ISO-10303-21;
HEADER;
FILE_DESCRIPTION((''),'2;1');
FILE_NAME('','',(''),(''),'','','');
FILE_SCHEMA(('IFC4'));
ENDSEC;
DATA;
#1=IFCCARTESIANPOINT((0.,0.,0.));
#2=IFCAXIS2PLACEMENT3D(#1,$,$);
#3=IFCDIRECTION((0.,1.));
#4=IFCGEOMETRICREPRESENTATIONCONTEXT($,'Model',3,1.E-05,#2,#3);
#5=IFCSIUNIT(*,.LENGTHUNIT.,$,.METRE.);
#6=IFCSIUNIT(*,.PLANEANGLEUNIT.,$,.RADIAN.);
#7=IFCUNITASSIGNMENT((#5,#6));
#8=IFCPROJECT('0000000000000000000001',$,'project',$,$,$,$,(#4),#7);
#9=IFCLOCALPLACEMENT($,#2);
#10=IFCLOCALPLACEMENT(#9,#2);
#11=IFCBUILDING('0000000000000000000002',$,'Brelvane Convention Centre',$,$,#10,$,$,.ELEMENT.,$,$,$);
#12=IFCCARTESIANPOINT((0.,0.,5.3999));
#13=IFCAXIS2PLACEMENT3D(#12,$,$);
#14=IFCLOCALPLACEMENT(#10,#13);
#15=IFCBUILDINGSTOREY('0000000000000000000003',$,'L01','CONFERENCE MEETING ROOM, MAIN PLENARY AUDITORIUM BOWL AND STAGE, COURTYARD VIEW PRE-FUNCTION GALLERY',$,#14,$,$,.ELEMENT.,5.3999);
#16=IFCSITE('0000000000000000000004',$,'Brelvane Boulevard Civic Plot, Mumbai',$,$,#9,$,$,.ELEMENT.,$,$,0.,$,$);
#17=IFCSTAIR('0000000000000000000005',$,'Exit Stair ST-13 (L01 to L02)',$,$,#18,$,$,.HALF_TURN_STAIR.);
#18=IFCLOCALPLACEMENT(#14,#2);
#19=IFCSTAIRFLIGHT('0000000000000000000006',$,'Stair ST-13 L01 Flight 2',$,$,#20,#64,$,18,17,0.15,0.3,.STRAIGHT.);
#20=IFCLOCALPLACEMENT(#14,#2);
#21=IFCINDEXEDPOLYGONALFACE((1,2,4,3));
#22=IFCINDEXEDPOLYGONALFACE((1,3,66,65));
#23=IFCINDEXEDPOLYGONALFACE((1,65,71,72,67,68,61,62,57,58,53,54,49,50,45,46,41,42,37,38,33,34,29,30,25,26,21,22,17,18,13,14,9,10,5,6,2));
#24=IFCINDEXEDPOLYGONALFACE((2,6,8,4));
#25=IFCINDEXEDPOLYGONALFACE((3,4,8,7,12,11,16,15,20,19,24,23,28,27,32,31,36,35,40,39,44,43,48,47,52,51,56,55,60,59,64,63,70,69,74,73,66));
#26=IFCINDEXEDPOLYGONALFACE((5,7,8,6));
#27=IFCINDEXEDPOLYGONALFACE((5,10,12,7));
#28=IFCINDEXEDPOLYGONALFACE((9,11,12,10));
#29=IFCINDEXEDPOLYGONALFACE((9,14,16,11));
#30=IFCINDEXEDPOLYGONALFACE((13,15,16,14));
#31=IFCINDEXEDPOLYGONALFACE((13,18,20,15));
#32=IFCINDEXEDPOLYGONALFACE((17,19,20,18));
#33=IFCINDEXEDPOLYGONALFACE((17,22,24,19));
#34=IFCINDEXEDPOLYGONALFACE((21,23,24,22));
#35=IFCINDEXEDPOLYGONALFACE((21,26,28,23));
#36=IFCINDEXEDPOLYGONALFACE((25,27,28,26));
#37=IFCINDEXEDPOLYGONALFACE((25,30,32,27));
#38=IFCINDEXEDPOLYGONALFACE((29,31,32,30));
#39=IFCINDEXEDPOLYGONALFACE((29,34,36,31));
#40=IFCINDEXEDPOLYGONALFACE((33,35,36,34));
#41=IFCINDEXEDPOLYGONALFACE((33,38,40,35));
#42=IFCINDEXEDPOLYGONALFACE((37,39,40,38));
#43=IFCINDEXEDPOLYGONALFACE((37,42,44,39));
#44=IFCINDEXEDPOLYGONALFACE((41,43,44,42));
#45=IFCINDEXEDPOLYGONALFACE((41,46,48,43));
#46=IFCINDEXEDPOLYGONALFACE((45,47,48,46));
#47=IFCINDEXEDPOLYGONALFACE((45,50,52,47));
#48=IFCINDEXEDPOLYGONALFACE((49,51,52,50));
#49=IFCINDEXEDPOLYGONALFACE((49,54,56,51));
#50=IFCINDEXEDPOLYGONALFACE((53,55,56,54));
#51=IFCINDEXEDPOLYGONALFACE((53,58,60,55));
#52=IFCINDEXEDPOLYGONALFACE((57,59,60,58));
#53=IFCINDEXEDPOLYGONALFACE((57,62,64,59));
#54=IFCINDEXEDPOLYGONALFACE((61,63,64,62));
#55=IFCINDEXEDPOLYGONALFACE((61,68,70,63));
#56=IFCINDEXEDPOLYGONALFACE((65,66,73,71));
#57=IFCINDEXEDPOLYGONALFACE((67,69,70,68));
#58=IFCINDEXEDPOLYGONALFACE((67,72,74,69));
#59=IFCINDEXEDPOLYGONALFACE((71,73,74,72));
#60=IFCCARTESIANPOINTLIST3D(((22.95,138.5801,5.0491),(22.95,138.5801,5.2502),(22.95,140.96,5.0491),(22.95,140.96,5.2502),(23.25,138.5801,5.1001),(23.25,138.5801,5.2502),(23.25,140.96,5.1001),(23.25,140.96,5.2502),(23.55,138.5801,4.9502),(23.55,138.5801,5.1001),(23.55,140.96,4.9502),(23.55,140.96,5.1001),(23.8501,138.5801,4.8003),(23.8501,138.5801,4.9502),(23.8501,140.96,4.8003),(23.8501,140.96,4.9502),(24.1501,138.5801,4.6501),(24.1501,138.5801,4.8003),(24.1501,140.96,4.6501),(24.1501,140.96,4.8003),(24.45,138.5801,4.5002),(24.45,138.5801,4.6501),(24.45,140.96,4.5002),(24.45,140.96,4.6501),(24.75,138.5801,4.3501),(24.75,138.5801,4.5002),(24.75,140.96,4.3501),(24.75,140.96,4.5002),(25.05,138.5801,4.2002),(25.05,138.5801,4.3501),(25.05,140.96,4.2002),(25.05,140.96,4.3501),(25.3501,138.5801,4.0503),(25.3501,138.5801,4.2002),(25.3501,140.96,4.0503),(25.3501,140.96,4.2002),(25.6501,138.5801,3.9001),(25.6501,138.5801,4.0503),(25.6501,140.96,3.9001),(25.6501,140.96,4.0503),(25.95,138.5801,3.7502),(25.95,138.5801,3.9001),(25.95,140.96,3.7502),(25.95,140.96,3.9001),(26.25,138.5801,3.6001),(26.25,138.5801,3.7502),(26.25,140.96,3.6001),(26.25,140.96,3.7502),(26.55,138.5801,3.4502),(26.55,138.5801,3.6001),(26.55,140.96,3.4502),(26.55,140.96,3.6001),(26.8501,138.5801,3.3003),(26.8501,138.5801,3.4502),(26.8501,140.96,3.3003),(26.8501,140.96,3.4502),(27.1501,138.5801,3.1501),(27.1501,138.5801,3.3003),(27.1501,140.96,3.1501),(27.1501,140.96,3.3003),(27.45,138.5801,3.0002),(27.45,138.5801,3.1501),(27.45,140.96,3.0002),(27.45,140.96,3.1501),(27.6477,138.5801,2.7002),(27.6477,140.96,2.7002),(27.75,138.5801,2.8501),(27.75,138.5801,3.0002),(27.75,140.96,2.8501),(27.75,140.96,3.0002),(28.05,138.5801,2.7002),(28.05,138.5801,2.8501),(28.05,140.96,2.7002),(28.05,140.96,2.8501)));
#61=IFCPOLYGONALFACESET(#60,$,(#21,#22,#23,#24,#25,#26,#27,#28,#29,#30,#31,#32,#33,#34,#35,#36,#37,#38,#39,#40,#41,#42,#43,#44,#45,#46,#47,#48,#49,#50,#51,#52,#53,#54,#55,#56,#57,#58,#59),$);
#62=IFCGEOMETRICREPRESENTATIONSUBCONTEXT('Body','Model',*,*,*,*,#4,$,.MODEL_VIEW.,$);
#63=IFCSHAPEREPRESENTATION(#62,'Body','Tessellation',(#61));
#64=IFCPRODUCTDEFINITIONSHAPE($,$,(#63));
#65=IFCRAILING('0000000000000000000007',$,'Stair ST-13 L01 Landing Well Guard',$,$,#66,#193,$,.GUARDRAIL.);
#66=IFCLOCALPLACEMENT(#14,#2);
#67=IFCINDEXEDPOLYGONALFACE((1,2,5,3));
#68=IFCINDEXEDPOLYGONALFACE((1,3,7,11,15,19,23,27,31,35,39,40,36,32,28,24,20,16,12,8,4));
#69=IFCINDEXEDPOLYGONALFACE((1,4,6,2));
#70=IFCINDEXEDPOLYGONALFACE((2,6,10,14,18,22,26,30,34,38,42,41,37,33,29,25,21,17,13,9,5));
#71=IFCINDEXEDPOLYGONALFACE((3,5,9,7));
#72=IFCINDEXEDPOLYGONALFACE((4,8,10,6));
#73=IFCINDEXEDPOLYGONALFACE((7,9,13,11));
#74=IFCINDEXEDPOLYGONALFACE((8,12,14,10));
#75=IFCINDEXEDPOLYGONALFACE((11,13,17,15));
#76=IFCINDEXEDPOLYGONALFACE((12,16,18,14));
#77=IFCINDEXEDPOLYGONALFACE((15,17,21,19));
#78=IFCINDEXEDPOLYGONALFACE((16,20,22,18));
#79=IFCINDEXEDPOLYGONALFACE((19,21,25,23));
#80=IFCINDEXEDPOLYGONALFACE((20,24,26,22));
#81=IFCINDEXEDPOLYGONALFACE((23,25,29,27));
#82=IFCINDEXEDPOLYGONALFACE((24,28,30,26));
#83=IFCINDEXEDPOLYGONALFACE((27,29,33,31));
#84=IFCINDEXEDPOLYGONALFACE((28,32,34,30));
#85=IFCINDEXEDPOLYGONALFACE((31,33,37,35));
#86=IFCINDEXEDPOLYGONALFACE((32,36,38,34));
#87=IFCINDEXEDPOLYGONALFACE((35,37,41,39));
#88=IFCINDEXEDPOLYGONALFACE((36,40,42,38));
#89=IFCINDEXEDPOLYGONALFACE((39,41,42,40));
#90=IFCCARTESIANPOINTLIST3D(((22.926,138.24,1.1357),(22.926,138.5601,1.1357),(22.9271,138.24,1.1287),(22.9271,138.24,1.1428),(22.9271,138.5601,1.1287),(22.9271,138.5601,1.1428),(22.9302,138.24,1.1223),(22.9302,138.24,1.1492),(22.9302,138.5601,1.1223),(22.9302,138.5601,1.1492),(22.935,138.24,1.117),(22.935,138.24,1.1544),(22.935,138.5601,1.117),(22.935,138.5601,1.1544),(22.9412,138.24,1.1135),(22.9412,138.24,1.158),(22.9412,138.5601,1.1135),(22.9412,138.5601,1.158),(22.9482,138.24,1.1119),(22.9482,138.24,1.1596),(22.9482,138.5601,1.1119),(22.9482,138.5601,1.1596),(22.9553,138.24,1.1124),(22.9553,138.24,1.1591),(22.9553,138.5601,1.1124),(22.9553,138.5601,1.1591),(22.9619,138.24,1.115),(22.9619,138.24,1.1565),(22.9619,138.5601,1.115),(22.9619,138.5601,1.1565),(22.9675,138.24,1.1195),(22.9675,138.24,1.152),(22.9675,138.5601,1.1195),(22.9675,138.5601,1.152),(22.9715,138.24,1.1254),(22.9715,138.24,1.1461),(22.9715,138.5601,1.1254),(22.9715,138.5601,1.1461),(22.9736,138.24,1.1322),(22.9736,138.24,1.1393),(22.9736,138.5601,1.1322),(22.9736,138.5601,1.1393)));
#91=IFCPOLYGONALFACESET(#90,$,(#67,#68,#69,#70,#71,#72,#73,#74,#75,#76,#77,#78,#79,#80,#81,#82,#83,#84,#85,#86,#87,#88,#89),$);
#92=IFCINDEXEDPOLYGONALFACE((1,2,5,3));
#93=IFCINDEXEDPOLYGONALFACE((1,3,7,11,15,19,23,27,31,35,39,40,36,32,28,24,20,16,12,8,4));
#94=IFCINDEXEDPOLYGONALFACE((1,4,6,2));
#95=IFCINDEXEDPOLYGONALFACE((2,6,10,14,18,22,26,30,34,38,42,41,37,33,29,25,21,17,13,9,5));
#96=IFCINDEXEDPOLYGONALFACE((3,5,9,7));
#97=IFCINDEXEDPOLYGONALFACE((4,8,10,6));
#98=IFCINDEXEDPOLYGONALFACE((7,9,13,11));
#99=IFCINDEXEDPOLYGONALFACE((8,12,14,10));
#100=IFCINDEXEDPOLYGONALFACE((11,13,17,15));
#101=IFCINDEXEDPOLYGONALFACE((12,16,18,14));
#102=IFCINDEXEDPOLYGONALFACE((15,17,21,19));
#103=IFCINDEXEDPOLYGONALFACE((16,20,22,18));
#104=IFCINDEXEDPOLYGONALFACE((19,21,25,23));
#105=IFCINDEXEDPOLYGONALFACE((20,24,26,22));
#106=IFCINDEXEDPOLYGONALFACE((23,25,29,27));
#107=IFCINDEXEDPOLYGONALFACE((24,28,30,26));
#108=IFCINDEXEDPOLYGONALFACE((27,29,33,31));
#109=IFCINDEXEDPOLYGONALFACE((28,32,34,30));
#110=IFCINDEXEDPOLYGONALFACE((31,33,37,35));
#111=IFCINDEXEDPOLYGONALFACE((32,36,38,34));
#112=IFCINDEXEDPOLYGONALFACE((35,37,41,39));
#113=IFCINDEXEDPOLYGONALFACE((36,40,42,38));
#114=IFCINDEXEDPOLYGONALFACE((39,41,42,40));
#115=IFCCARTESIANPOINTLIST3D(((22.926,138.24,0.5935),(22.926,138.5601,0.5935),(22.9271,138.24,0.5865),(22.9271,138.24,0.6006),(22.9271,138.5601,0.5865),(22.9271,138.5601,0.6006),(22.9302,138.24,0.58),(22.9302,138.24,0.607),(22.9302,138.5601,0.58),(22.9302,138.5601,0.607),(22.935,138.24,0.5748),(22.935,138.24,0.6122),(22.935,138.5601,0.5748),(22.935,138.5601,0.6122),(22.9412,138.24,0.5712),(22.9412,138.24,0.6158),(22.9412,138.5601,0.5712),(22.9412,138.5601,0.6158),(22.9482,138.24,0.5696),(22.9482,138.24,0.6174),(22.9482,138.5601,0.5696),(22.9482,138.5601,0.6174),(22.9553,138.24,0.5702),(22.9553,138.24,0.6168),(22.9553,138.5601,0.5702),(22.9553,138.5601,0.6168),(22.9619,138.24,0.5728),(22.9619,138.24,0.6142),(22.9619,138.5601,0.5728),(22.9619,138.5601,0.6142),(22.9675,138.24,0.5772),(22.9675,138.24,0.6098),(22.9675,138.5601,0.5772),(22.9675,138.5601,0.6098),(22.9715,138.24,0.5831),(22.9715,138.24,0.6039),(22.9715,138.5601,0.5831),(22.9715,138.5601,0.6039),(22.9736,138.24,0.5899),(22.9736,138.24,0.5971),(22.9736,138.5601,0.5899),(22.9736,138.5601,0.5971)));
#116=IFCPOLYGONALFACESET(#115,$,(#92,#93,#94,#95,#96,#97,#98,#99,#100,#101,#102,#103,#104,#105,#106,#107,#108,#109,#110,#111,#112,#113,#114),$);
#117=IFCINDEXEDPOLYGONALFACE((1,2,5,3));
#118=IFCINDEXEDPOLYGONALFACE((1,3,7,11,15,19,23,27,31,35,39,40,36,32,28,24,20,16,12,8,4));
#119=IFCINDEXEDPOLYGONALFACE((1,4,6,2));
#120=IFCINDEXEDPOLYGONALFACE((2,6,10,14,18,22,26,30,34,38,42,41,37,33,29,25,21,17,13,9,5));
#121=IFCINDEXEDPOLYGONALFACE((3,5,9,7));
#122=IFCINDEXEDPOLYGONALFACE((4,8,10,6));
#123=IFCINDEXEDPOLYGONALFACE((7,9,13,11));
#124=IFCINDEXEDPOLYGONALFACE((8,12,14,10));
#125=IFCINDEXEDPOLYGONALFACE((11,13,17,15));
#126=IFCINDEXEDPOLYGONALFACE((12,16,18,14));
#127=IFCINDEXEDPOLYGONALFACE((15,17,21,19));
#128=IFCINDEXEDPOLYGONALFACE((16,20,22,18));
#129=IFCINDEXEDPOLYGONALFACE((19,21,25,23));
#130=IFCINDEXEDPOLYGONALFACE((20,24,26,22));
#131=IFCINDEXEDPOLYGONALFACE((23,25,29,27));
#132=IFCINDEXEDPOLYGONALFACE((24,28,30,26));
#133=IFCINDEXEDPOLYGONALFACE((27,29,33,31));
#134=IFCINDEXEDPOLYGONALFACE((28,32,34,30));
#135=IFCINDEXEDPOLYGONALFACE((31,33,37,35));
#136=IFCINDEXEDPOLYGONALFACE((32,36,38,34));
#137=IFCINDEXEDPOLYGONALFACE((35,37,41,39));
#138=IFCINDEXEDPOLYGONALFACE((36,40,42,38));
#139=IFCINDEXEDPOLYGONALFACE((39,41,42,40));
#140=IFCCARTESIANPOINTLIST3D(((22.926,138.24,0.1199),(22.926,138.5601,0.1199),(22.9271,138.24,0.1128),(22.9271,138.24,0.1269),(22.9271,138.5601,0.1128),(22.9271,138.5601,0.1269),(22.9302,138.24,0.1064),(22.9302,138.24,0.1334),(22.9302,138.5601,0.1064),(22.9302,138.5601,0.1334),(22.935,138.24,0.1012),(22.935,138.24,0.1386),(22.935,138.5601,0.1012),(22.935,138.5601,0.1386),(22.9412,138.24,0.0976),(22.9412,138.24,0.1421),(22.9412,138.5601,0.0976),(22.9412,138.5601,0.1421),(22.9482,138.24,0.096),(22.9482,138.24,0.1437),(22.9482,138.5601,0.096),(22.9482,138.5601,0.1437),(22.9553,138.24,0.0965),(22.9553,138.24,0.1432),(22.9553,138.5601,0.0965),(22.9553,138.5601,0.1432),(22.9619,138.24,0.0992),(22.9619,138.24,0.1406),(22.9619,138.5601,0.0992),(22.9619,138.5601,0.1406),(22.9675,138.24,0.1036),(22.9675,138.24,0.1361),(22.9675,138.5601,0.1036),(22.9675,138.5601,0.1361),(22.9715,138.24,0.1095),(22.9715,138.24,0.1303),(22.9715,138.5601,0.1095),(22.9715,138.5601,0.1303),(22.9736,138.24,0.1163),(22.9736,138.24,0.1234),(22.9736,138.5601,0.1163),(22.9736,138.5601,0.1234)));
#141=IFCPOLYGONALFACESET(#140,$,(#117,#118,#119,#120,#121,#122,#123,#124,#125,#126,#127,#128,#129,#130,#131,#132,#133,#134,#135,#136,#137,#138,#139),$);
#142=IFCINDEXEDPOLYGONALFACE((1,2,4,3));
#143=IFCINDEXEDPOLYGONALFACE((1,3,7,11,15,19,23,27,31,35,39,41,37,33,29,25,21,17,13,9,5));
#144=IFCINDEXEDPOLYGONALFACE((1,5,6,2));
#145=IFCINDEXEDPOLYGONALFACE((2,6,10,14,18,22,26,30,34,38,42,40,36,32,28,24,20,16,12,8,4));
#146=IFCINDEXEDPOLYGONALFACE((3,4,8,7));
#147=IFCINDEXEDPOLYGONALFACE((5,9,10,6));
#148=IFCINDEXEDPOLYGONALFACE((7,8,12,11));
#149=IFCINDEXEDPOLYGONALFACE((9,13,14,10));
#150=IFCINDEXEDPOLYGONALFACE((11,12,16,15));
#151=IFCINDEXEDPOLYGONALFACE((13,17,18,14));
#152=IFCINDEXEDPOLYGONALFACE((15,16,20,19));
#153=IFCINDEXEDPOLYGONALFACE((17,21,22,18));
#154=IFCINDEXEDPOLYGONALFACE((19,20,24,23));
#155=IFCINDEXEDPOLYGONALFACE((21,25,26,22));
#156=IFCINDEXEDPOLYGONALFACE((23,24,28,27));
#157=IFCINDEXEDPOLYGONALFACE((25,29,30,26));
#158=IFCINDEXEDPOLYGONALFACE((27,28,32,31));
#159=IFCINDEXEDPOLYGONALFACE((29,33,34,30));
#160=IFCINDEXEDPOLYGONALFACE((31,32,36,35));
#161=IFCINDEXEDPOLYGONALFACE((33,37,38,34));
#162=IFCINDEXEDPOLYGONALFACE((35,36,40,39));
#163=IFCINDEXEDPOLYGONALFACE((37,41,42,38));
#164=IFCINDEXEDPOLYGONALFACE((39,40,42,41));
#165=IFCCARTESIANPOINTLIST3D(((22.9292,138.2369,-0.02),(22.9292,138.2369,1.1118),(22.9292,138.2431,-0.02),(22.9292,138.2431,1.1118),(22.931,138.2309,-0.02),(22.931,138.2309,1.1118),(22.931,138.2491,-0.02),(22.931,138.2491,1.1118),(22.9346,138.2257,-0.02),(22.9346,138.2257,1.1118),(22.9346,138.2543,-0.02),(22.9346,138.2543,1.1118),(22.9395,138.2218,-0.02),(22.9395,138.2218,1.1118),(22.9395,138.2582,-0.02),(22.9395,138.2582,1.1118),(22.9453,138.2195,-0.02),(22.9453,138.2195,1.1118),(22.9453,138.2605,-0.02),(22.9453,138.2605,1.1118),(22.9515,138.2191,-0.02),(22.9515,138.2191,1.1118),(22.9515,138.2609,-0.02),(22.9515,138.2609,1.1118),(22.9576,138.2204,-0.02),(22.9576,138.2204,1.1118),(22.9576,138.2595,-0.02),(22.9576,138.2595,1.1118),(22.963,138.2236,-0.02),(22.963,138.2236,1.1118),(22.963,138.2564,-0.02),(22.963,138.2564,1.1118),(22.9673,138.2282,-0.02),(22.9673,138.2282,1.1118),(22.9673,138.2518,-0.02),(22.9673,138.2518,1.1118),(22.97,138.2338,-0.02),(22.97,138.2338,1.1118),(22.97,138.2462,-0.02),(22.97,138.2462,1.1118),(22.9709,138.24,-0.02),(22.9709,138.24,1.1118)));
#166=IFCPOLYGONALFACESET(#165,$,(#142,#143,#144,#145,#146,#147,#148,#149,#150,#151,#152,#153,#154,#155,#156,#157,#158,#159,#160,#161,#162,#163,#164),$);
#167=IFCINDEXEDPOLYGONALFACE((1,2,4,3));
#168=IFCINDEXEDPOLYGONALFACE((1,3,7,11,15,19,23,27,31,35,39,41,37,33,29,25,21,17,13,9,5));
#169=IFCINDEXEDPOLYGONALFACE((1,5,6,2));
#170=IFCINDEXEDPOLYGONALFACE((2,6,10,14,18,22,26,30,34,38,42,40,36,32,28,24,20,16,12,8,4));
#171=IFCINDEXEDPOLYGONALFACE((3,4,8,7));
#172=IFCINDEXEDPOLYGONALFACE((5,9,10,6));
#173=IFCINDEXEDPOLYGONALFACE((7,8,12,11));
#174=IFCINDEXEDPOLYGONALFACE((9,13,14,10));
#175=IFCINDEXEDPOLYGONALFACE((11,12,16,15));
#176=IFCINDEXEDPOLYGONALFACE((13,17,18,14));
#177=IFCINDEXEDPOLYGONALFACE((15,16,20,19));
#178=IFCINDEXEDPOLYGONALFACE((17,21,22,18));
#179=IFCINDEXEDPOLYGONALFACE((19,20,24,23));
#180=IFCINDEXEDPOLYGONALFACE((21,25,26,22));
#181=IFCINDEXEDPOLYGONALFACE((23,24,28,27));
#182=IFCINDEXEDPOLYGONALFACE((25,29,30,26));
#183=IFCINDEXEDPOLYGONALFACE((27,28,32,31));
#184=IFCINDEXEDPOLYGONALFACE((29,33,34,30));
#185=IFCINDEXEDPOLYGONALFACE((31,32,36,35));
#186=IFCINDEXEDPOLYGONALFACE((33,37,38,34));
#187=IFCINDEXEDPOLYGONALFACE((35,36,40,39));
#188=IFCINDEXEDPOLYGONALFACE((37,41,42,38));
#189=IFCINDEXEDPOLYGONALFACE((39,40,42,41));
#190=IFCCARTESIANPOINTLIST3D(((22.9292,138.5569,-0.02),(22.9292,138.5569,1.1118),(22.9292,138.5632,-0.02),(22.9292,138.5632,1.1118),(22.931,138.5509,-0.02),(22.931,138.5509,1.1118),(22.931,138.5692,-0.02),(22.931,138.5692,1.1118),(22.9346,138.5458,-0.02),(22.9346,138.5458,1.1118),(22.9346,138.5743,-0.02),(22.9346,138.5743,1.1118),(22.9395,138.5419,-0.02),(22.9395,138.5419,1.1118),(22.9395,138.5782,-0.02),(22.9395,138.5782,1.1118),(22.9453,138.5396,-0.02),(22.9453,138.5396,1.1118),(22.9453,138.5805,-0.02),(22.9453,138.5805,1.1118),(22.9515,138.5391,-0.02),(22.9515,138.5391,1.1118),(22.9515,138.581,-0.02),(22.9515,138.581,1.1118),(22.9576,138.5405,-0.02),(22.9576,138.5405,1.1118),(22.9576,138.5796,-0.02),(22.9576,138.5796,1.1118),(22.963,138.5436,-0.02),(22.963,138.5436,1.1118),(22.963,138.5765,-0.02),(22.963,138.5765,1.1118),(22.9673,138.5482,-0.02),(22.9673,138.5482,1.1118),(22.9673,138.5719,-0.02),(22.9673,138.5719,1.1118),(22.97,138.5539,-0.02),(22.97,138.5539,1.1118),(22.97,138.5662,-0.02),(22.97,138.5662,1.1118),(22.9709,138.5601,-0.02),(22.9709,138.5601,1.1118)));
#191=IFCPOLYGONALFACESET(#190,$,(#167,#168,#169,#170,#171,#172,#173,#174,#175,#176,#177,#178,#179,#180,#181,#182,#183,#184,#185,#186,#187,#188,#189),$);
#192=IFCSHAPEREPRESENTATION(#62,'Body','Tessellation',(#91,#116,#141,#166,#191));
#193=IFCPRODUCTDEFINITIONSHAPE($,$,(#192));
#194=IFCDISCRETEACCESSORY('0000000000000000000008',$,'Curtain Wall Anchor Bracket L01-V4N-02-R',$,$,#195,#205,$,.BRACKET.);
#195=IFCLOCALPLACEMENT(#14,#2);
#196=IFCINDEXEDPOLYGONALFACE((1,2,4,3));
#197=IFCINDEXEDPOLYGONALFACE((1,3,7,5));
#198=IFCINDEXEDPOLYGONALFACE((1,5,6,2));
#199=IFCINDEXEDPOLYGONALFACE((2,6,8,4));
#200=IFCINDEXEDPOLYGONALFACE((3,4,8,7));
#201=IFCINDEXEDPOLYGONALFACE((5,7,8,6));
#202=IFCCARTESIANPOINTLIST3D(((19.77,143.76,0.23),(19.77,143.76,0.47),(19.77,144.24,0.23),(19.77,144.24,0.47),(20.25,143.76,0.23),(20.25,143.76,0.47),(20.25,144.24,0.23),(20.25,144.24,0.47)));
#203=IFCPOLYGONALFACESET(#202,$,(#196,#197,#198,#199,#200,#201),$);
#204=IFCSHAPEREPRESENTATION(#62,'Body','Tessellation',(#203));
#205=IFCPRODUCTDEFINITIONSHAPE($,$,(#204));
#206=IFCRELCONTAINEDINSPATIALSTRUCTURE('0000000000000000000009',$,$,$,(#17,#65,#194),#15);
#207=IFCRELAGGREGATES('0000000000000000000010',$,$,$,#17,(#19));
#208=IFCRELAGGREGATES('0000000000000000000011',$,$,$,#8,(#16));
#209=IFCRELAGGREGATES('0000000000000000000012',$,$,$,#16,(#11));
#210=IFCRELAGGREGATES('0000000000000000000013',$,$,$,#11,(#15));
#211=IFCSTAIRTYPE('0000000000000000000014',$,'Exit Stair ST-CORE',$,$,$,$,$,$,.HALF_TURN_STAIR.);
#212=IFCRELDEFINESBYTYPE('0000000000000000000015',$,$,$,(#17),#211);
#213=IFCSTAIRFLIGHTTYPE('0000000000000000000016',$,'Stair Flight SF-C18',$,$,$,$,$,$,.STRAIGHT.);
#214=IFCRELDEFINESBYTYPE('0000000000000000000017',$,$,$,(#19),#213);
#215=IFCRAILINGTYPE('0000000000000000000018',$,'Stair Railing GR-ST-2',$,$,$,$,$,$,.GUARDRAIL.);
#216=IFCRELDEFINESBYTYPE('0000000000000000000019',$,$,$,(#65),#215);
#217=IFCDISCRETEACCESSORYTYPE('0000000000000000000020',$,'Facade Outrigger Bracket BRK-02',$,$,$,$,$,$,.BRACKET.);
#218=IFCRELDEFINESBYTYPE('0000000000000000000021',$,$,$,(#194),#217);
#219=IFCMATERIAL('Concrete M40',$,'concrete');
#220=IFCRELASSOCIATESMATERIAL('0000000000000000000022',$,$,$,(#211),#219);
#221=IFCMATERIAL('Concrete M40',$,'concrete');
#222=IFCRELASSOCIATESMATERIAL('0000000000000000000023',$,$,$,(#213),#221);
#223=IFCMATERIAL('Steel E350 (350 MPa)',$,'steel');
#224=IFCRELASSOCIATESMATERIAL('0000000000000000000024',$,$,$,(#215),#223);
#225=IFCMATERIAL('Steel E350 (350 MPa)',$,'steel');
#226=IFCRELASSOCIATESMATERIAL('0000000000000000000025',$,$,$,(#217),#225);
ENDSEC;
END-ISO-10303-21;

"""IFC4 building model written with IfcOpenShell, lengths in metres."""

from ifc_helpers import new_model, si_unit, direction, frame, origin, origin_2d, place, context, subcontext, project, spatial, polyline, rectangle, circle, outline, extrude, material, type_object, element, aggregate, save


model = new_model("IFC4")

# Units and contexts
model_context = context("Model", 3, precision=1e-05, world=origin(), true_north=direction((0.0, 1.0)))
body_context = subcontext(model_context, "Body", "Model", "MODEL_VIEW")
ifc_project = project(units=[si_unit("LENGTHUNIT", "METRE"), si_unit("PLANEANGLEUNIT", "RADIAN")], contexts=[model_context])

# Site, building, storey
site_placement = place(None, origin())
site = spatial("IfcSite", under=ifc_project, at=site_placement, Name="Brelvane Boulevard Civic Plot, Mumbai", CompositionType="ELEMENT", RefElevation=0.0)
building_placement = place(site_placement, origin())
building = spatial("IfcBuilding", under=site, at=building_placement, Name="Brelvane Convention Centre", CompositionType="ELEMENT")
storey_placement = place(building_placement, frame((0.0, 0.0, 5.3999)))
storey = spatial("IfcBuildingStorey", under=building, at=storey_placement, Name="L01", Description="CONFERENCE MEETING ROOM, MAIN PLENARY AUDITORIUM BOWL AND STAGE, COURTYARD VIEW PRE-FUNCTION GALLERY", CompositionType="ELEMENT", Elevation=5.3999)

# Stair, stair flight
ifc_material_1 = material(Name="Concrete M40", Category="concrete")
stair_type = type_object("IfcStairType", Name="Exit Stair ST-CORE", PredefinedType="HALF_TURN_STAIR", material=ifc_material_1)
stair_placement = place(storey_placement, origin())
stair = element("IfcStair", 1, at=stair_placement, inside=storey, type_object=stair_type, Name="Exit Stair ST-13 (L01 to L02)", PredefinedType="HALF_TURN_STAIR")
ifc_material_2 = material(Name="Concrete M40", Category="concrete")
stair_flight_type = type_object("IfcStairFlightType", Name="Stair Flight SF-C18", PredefinedType="STRAIGHT", material=ifc_material_2)
stair_flight_1_placement = place(storey_placement, frame((28.05, 139.77, 2.7002), z_axis=(0.0, 0.0, 1.0), x_axis=(-1.0, 0.0, 0.0)))
stair_flight_1 = element("IfcStairFlight", 2, at=stair_flight_1_placement, type_object=stair_flight_type, Name="Stair ST-13 L01 Flight 2", NumberOfRisers=18, NumberOfTreads=17, PredefinedType="STRAIGHT", RiserHeight=0.15, TreadLength=0.3, context=body_context, shape_type="SweptSolid", body=[
    extrude(outline(polyline([(0.0, 0.0), (0.0, 0.1499), (0.3, 0.1499), (0.3, 0.3), (0.6001, 0.3), (0.6001, 0.45), (0.8999, 0.45), (0.8999, 0.6001), (1.2, 0.6001), (1.2, 0.75), (1.5, 0.75), (1.5, 0.8999), (1.8, 0.8999), (1.8, 1.05), (2.1001, 1.05), (2.1001, 1.2), (2.3999, 1.2), (2.3999, 1.3501), (2.7, 1.3501), (2.7, 1.5), (3.0, 1.5), (3.0, 1.6499), (3.3, 1.6499), (3.3, 1.8), (3.6001, 1.8), (3.6001, 1.95), (3.8999, 1.95), (3.8999, 2.1001), (4.2, 2.1001), (4.2, 2.25), (4.5, 2.25), (4.5, 2.3999), (4.8, 2.3999), (4.8, 2.55), (5.1001, 2.55), (5.1001, 2.7), (5.1001, 2.3489), (0.4023, 0.0), (0.0, 0.0)])), frame((0.0, 1.1899, 0.0), z_axis=(0.0, -1.0, 0.0), x_axis=(1.0, 0.0, 0.0)), (0.0, 0.0, 1.0), 2.3799),
])
aggregate(stair, [stair_flight_1])

# Railing
ifc_material_3 = material(Name="Steel E350 (350 MPa)", Category="steel")
railing_type_1 = type_object("IfcRailingType", Name="Stair Railing GR-ST-2", PredefinedType="GUARDRAIL", material=ifc_material_3)
railing_1_placement = place(storey_placement, frame((22.95, 138.24, -0.02)))
element("IfcRailing", 3, at=railing_1_placement, inside=storey, type_object=railing_type_1, Name="Stair ST-13 L01 Landing Well Guard", PredefinedType="GUARDRAIL", context=body_context, shape_type="SweptSolid", body=[
    extrude(circle(Radius=0.0239, at=origin_2d()), frame((0.0, 0.0, 1.1558), z_axis=(0.0, 1.0, 0.0), x_axis=(-1.0, 0.0, 0.0)), (0.0, 0.0, 1.0), 0.3201),
    extrude(circle(Radius=0.0239, at=origin_2d()), frame((0.0, 0.0, 0.6135), z_axis=(0.0, 1.0, 0.0), x_axis=(-1.0, 0.0, 0.0)), (0.0, 0.0, 1.0), 0.3201),
    extrude(circle(Radius=0.0239, at=origin_2d()), frame((0.0, 0.0, 0.1399), z_axis=(0.0, 1.0, 0.0), x_axis=(-1.0, 0.0, 0.0)), (0.0, 0.0, 1.0), 0.3201),
    extrude(circle(Radius=0.021, at=origin_2d()), origin(), (0.0, 0.0, 1.0), 1.1318),
    extrude(circle(Radius=0.021, at=origin_2d()), frame((0.0, 0.3201, 0.0)), (0.0, 0.0, 1.0), 1.1318),
])

# Discrete accessory
ifc_material_4 = material(Name="Steel E350 (350 MPa)", Category="steel")
discrete_accessory_type = type_object("IfcDiscreteAccessoryType", Name="Facade Outrigger Bracket BRK-02", PredefinedType="BRACKET", material=ifc_material_4)
discrete_accessory_1_placement = place(storey_placement, frame((20.01, 144.0, 0.23), z_axis=(0.0, 0.0, 1.0), x_axis=(1.0, 0.0, 0.0)))
element("IfcDiscreteAccessory", 4, at=discrete_accessory_1_placement, inside=storey, type_object=discrete_accessory_type, Name="Curtain Wall Anchor Bracket L01-V4N-02-R", PredefinedType="BRACKET", context=body_context, shape_type="SweptSolid", body=[
    extrude(rectangle(XDim=0.48, YDim=0.48, at=origin_2d()), origin(), (0.0, 0.0, 1.0), 0.24),
])

save(model, "model.ifc")
